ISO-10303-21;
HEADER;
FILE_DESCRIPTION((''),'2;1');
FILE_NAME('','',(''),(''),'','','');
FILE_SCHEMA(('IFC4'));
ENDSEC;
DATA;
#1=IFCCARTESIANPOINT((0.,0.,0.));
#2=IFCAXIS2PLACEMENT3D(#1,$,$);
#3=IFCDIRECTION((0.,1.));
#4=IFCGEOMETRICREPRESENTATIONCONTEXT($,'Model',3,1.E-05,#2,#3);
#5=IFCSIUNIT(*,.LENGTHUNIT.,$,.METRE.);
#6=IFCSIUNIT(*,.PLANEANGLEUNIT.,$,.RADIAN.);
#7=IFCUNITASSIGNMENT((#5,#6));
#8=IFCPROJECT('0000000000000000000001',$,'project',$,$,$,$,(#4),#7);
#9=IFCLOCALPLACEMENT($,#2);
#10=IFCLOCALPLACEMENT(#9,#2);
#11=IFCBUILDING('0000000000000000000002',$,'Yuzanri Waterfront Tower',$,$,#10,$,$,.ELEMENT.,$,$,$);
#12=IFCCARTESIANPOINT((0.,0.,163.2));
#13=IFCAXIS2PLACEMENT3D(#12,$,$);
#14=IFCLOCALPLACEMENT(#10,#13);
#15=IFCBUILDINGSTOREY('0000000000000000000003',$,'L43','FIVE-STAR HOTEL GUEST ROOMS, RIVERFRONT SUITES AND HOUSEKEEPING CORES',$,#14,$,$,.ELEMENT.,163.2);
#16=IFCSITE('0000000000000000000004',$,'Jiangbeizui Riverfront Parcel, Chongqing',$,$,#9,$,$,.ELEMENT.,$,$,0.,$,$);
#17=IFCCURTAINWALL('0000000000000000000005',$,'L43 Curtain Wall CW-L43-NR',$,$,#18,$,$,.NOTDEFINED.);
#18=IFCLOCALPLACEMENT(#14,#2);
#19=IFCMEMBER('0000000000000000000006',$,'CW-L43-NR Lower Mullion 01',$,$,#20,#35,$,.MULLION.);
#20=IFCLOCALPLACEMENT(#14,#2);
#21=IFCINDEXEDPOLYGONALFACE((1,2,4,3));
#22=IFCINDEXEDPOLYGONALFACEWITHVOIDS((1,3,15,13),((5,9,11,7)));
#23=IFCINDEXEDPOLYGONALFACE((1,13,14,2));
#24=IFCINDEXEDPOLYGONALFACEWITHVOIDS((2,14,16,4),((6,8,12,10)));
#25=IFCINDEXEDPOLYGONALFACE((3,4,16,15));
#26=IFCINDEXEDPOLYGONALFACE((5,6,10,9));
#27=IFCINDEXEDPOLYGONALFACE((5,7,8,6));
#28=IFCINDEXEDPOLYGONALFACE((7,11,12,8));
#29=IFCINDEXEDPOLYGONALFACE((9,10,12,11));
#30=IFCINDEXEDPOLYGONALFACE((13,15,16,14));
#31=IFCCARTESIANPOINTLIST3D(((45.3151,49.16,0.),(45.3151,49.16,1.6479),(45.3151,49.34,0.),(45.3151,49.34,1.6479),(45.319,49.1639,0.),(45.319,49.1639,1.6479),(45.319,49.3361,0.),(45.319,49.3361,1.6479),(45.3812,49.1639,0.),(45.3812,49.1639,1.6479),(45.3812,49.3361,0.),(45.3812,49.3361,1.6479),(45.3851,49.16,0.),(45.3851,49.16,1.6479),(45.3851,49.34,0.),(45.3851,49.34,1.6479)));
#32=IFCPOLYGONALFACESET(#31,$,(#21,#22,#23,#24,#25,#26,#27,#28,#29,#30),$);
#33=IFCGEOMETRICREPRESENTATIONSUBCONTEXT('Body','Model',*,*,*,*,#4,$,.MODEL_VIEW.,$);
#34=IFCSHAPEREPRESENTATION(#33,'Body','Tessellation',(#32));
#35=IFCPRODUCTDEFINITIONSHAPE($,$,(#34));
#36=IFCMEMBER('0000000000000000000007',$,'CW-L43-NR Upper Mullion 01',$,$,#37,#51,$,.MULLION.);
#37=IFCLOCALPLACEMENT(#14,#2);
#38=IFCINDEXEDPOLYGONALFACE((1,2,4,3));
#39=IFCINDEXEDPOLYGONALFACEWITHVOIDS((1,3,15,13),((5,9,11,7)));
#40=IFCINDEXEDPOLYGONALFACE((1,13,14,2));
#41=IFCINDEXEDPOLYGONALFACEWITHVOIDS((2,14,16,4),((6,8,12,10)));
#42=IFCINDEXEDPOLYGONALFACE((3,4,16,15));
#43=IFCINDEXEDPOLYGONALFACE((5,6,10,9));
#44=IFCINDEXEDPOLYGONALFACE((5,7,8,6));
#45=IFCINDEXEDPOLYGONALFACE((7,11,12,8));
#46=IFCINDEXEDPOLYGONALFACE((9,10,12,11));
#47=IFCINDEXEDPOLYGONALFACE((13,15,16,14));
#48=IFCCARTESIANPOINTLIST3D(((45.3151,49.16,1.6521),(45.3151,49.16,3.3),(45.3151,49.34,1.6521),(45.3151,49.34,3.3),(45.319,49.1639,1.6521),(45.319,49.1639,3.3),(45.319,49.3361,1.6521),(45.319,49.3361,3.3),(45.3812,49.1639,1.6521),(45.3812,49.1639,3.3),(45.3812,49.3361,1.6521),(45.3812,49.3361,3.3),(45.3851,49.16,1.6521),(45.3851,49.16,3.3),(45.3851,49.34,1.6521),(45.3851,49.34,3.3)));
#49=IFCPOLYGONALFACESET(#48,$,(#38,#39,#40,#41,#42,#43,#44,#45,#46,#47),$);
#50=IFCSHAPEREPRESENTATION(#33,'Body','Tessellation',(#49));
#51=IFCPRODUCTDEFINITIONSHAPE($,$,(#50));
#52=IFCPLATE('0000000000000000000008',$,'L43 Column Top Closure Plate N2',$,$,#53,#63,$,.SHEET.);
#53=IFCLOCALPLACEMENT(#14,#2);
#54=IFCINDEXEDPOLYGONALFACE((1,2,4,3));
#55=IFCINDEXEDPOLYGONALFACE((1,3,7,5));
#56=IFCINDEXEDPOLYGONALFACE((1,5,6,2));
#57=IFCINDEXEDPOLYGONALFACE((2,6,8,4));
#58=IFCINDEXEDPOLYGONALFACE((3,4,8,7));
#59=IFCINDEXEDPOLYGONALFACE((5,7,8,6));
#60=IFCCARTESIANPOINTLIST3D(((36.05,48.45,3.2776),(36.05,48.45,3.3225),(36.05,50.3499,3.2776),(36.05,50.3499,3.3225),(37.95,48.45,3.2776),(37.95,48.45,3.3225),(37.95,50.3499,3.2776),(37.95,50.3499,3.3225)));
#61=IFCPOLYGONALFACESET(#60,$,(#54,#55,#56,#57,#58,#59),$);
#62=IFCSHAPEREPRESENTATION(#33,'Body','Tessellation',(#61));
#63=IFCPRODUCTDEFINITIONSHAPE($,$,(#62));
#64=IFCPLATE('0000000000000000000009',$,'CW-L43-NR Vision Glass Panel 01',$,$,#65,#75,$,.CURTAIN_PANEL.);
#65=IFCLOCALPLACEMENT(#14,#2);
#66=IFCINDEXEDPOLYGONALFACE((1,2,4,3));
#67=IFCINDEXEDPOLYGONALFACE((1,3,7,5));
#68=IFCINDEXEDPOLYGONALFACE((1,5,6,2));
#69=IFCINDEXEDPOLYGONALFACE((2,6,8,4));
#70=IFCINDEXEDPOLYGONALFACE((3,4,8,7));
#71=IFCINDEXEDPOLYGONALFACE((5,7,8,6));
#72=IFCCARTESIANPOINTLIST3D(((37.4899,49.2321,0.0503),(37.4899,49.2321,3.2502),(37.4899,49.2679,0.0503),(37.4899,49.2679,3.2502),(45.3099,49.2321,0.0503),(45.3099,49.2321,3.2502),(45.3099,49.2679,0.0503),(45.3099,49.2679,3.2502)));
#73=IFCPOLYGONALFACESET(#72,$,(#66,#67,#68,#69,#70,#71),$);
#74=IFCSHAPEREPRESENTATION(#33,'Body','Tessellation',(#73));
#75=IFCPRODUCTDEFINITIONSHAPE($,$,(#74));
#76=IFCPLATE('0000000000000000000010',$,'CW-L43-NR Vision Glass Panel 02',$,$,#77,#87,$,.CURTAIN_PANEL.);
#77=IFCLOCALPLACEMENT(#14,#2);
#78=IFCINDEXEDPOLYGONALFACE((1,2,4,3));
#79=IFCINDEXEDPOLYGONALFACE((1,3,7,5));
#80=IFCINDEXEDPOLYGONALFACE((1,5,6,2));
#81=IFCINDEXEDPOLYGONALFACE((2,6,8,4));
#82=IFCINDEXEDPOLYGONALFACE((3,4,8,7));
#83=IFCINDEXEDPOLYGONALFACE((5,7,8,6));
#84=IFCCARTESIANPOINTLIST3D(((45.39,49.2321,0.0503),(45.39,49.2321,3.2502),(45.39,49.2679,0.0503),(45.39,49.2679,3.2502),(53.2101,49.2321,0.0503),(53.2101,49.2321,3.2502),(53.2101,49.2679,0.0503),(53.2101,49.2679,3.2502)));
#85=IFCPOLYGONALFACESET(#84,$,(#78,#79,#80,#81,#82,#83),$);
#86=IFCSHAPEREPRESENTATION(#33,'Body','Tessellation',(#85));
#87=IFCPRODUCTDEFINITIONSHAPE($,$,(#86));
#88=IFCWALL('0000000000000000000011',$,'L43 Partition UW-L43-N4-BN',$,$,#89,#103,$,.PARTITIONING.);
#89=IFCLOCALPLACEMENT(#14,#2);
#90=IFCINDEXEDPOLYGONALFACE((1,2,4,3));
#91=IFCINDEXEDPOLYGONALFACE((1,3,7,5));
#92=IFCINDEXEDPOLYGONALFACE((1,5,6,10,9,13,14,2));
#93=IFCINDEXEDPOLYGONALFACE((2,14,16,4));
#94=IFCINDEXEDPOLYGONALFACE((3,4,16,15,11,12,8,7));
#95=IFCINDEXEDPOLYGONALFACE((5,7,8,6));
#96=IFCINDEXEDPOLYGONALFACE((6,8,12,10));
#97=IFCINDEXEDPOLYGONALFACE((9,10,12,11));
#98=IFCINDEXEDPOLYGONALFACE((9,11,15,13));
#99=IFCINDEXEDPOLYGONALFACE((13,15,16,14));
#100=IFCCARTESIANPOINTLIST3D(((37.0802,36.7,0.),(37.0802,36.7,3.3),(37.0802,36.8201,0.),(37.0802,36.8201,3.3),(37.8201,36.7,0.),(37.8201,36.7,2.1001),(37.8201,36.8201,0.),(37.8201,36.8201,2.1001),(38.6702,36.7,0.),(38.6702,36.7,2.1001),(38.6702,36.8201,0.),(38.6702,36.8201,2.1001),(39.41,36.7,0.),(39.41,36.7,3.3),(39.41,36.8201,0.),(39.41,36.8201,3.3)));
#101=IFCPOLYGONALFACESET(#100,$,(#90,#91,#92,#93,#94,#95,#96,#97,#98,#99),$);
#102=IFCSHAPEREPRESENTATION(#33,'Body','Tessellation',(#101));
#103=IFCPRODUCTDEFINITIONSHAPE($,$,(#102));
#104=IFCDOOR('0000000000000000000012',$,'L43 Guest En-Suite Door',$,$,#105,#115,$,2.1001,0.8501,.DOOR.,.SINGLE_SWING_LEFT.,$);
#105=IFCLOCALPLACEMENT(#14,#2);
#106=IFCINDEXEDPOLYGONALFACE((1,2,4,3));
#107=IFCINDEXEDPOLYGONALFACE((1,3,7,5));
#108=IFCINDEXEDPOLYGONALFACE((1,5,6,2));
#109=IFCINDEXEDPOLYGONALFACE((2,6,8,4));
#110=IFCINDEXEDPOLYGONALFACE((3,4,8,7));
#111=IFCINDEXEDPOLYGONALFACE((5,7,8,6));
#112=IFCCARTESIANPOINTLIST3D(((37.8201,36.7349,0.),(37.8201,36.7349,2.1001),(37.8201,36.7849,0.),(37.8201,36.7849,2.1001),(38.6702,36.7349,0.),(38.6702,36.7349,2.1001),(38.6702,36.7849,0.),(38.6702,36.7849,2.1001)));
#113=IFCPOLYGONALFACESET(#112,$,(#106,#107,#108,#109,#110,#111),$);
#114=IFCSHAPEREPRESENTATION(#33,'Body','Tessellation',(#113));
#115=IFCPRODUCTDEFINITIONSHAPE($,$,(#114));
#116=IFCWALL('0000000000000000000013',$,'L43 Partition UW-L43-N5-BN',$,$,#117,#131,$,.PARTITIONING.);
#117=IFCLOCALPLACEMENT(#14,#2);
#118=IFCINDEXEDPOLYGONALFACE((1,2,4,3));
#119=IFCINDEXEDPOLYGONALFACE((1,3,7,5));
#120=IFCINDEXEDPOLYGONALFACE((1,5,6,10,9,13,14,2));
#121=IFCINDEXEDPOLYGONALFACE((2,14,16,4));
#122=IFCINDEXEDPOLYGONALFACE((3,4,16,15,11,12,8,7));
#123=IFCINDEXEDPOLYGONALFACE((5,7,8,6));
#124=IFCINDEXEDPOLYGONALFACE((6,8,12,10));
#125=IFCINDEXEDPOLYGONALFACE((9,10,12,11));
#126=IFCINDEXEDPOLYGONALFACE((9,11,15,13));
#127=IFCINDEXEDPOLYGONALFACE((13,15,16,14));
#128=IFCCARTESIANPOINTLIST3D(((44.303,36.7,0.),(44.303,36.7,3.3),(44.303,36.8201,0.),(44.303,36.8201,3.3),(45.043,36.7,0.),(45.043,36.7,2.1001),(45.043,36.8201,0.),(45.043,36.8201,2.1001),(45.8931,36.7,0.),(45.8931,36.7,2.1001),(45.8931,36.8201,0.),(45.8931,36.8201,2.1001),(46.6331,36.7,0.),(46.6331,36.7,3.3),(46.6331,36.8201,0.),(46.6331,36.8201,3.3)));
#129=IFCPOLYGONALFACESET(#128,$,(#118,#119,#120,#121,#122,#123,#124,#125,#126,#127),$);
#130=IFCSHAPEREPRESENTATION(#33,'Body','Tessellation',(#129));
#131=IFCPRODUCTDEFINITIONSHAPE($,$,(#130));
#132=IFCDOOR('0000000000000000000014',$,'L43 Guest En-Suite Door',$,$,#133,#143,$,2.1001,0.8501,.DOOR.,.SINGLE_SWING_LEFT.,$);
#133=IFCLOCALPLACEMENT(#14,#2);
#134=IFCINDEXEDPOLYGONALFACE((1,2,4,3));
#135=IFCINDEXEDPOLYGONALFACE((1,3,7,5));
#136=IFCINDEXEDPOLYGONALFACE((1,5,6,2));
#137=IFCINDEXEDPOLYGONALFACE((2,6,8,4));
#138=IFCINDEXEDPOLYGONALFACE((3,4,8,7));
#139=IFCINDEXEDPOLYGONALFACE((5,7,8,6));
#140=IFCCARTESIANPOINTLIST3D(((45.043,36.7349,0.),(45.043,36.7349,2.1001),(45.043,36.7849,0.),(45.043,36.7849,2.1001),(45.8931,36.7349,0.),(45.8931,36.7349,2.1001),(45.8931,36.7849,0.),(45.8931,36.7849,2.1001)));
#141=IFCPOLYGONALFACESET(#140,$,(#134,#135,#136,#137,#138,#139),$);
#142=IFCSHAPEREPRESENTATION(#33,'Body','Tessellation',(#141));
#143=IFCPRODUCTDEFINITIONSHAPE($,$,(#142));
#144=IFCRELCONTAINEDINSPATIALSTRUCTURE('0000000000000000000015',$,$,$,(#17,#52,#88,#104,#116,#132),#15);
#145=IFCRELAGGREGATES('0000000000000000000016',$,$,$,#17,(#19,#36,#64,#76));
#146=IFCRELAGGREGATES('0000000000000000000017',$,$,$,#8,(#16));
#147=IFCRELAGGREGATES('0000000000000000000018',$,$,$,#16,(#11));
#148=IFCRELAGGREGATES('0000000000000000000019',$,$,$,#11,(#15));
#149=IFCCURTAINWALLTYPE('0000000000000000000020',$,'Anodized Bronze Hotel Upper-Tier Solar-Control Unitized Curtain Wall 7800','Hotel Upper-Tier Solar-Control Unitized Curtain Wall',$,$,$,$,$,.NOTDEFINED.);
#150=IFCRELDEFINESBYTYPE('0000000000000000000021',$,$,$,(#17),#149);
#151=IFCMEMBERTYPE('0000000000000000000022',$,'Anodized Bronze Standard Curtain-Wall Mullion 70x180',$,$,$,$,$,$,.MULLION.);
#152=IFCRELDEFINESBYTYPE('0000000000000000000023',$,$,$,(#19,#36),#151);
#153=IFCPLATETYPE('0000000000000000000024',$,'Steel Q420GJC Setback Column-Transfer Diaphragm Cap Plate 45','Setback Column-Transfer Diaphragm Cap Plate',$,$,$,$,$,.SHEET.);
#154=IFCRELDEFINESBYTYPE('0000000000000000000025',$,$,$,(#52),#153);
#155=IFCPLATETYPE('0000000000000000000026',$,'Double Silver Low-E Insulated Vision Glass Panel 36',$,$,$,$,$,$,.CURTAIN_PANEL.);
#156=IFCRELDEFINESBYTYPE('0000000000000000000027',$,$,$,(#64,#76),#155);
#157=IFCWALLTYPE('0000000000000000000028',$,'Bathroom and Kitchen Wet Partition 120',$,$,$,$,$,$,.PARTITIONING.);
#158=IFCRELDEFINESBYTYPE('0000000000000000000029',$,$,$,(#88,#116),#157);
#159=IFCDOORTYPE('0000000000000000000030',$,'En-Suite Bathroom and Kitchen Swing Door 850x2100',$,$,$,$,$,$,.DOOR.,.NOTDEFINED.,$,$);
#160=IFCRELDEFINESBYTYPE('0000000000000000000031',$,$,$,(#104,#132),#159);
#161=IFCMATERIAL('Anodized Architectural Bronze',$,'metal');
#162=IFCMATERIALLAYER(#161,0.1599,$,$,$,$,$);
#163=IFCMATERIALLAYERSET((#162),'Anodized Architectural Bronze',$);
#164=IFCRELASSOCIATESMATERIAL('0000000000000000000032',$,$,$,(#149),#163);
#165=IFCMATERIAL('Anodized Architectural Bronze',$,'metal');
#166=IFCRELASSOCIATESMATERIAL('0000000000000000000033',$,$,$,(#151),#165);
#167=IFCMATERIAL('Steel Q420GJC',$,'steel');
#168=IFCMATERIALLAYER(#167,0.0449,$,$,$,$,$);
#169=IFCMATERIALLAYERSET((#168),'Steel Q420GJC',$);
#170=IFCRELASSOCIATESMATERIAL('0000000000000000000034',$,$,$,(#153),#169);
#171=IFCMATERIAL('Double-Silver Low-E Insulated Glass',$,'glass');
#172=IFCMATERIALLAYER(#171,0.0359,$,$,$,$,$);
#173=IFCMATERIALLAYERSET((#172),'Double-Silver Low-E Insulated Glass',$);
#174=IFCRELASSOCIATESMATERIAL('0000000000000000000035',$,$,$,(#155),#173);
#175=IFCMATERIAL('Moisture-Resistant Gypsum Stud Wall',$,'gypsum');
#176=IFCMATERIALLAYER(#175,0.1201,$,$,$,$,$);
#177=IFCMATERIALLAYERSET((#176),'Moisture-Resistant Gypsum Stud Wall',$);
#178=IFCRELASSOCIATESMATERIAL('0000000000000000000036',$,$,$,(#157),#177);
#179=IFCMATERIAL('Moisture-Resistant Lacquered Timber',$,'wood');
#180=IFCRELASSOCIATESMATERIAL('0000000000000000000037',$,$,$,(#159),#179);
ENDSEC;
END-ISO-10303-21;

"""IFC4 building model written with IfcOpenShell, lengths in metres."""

from ifc_helpers import new_model, si_unit, direction, frame, frame_2d, origin, origin_2d, place, context, subcontext, project, spatial, rectangle, hollow_rectangle, extrude, source, transform, mapped, material, layer, layer_set, material_profile, profile_set, type_object, element, fill, aggregate, save


model = new_model("IFC4")

# Units and contexts
model_context = context("Model", 3, precision=1e-05, world=origin(), true_north=direction((0.0, 1.0)))
body_context = subcontext(model_context, "Body", "Model", "MODEL_VIEW")
ifc_project = project(units=[si_unit("LENGTHUNIT", "METRE"), si_unit("PLANEANGLEUNIT", "RADIAN")], contexts=[model_context])

# Site, building, storey
site_placement = place(None, origin())
site = spatial("IfcSite", under=ifc_project, at=site_placement, Name="Jiangbeizui Riverfront Parcel, Chongqing", CompositionType="ELEMENT", RefElevation=0.0)
building_placement = place(site_placement, origin())
building = spatial("IfcBuilding", under=site, at=building_placement, Name="Yuzanri Waterfront Tower", CompositionType="ELEMENT")
storey_placement = place(building_placement, frame((0.0, 0.0, 163.2)))
storey = spatial("IfcBuildingStorey", under=building, at=storey_placement, Name="L43", Description="FIVE-STAR HOTEL GUEST ROOMS, RIVERFRONT SUITES AND HOUSEKEEPING CORES", CompositionType="ELEMENT", Elevation=163.2)

# Curtain wall, members
ifc_material_1 = material(Name="Anodized Architectural Bronze", Category="metal")
ifc_layer_1 = layer(ifc_material_1, 0.1599)
ifc_layer_set_1 = layer_set([ifc_layer_1], Name="Anodized Architectural Bronze")
curtain_wall_type = type_object("IfcCurtainWallType", Name="Anodized Bronze Hotel Upper-Tier Solar-Control Unitized Curtain Wall 7800", Description="Hotel Upper-Tier Solar-Control Unitized Curtain Wall", PredefinedType="NOTDEFINED", material=ifc_layer_set_1)
curtain_wall_placement = place(storey_placement, origin())
curtain_wall = element("IfcCurtainWall", 1, at=curtain_wall_placement, inside=storey, type_object=curtain_wall_type, Name="L43 Curtain Wall CW-L43-NR", PredefinedType="NOTDEFINED")
ifc_material_2 = material(Name="Anodized Architectural Bronze", Category="metal")
ifc_material_profile_1 = material_profile(ifc_material_2, hollow_rectangle(XDim=0.0701, YDim=0.1799, WallThickness=0.0039, at=origin_2d()), Name="CWM 70x180")
ifc_profile_set_1 = profile_set([ifc_material_profile_1], Name="Anodized Architectural Bronze")
member_type_1 = type_object("IfcMemberType", Name="Anodized Bronze Standard Curtain-Wall Mullion 70x180", PredefinedType="MULLION", material=ifc_profile_set_1)
shared_shape_1 = source(origin(), body_context, "Body", "SweptSolid", [
    extrude(hollow_rectangle(XDim=0.0701, YDim=0.1799, WallThickness=0.0039, at=origin_2d()), origin(), (0.0, 0.0, 1.0), 1.6479),
])
member_1_placement = place(storey_placement, frame((45.3501, 49.25, 0.0), z_axis=(0.0, 0.0, 1.0), x_axis=(1.0, 0.0, 0.0)))
member_1 = element("IfcMember", 2, at=member_1_placement, type_object=member_type_1, Name="CW-L43-NR Lower Mullion 01", PredefinedType="MULLION", context=body_context, shape_type="MappedRepresentation", body=[
    mapped(shared_shape_1, transform((0.0, 0.0, 0.0), scale=1.0)),
])
member_2_placement = place(storey_placement, frame((45.3501, 49.25, 1.6521), z_axis=(0.0, 0.0, 1.0), x_axis=(1.0, 0.0, 0.0)))
member_2 = element("IfcMember", 3, at=member_2_placement, type_object=member_type_1, Name="CW-L43-NR Upper Mullion 01", PredefinedType="MULLION", context=body_context, shape_type="MappedRepresentation", body=[
    mapped(shared_shape_1, transform((0.0, 0.0, 0.0), scale=1.0)),
])

# Plates
ifc_material_3 = material(Name="Steel Q420GJC", Category="steel")
ifc_layer_2 = layer(ifc_material_3, 0.0449)
ifc_layer_set_2 = layer_set([ifc_layer_2], Name="Steel Q420GJC")
plate_type_1 = type_object("IfcPlateType", Name="Steel Q420GJC Setback Column-Transfer Diaphragm Cap Plate 45", Description="Setback Column-Transfer Diaphragm Cap Plate", PredefinedType="SHEET", material=ifc_layer_set_2)
shared_shape_2 = source(origin(), body_context, "Body", "SweptSolid", [
    extrude(rectangle(XDim=1.8999, YDim=1.8999, at=origin_2d()), origin(), (0.0, 0.0, 1.0), 0.0449),
])
plate_1_placement = place(storey_placement, frame((37.0, 49.3999, 3.2776), z_axis=(0.0, 0.0, 1.0), x_axis=(1.0, 0.0, 0.0)))
element("IfcPlate", 4, at=plate_1_placement, inside=storey, type_object=plate_type_1, Name="L43 Column Top Closure Plate N2", PredefinedType="SHEET", context=body_context, shape_type="MappedRepresentation", body=[
    mapped(shared_shape_2, transform((0.0, 0.0, 0.0), scale=1.0)),
])
ifc_material_4 = material(Name="Double-Silver Low-E Insulated Glass", Category="glass")
ifc_layer_3 = layer(ifc_material_4, 0.0359)
ifc_layer_set_3 = layer_set([ifc_layer_3], Name="Double-Silver Low-E Insulated Glass")
plate_type_2 = type_object("IfcPlateType", Name="Double Silver Low-E Insulated Vision Glass Panel 36", PredefinedType="CURTAIN_PANEL", material=ifc_layer_set_3)
shared_shape_3 = source(origin(), body_context, "Body", "SweptSolid", [
    extrude(rectangle(XDim=7.8201, YDim=0.0359, at=origin_2d()), origin(), (0.0, 0.0, 1.0), 3.2),
])
plate_2_placement = place(storey_placement, frame((41.3999, 49.25, 0.0503), z_axis=(0.0, 0.0, 1.0), x_axis=(1.0, 0.0, 0.0)))
plate_2 = element("IfcPlate", 5, at=plate_2_placement, type_object=plate_type_2, Name="CW-L43-NR Vision Glass Panel 01", PredefinedType="CURTAIN_PANEL", context=body_context, shape_type="MappedRepresentation", body=[
    mapped(shared_shape_3, transform((0.0, 0.0, 0.0), scale=1.0)),
])
plate_3_placement = place(storey_placement, frame((49.3, 49.25, 0.0503), z_axis=(0.0, 0.0, 1.0), x_axis=(1.0, 0.0, 0.0)))
plate_3 = element("IfcPlate", 6, at=plate_3_placement, type_object=plate_type_2, Name="CW-L43-NR Vision Glass Panel 02", PredefinedType="CURTAIN_PANEL", context=body_context, shape_type="MappedRepresentation", body=[
    mapped(shared_shape_3, transform((0.0, 0.0, 0.0), scale=1.0)),
])
aggregate(curtain_wall, [member_1, member_2, plate_2, plate_3])

# Walls, openings, doors
ifc_material_5 = material(Name="Moisture-Resistant Gypsum Stud Wall", Category="gypsum")
ifc_layer_4 = layer(ifc_material_5, 0.1201)
ifc_layer_set_4 = layer_set([ifc_layer_4], Name="Moisture-Resistant Gypsum Stud Wall")
wall_type_1 = type_object("IfcWallType", Name="Bathroom and Kitchen Wet Partition 120", PredefinedType="PARTITIONING", material=ifc_layer_set_4)
wall_1_placement = place(storey_placement, frame((37.0801, 36.76, 0.0), z_axis=(0.0, 0.0, 1.0), x_axis=(1.0, 0.0, 0.0)))
wall_1 = element("IfcWall", 7, at=wall_1_placement, inside=storey, type_object=wall_type_1, Name="L43 Partition UW-L43-N4-BN", PredefinedType="PARTITIONING", context=body_context, shape_type="SweptSolid", body=[
    extrude(rectangle(XDim=2.3298, YDim=0.1201, at=frame_2d((1.165, 0.0))), origin(), (0.0, 0.0, 1.0), 3.3),
])
opening_1_placement = place(wall_1_placement, frame((0.74, 0.0, 0.0)))
opening_1 = element("IfcOpeningElement", 8, at=opening_1_placement, cuts=wall_1, PredefinedType="OPENING", context=body_context, shape_type="SweptSolid", body=[
    extrude(rectangle(XDim=0.8501, YDim=2.1001, at=frame_2d((0.425, 1.05))), frame((0.0, 0.075, 0.0), z_axis=(0.0, -1.0, 0.0), x_axis=(1.0, 0.0, 0.0)), (0.0, 0.0, 1.0), 0.1499),
])
ifc_material_6 = material(Name="Moisture-Resistant Lacquered Timber", Category="wood")
door_type_1 = type_object("IfcDoorType", Name="En-Suite Bathroom and Kitchen Swing Door 850x2100", OperationType="NOTDEFINED", PredefinedType="DOOR", material=ifc_material_6)
shared_shape_4 = source(origin(), body_context, "Body", "SweptSolid", [
    extrude(rectangle(XDim=0.8501, YDim=2.1001, at=frame_2d((0.425, 1.05))), frame((0.0, 0.0249, 0.0), z_axis=(0.0, -1.0, 0.0), x_axis=(1.0, 0.0, 0.0)), (0.0, 0.0, 1.0), 0.05),
])
door_1_placement = place(opening_1_placement, origin())
door_1 = element("IfcDoor", 9, at=door_1_placement, inside=storey, type_object=door_type_1, Name="L43 Guest En-Suite Door", OperationType="SINGLE_SWING_LEFT", OverallHeight=2.1001, OverallWidth=0.8501, PredefinedType="DOOR", context=body_context, shape_type="MappedRepresentation", body=[
    mapped(shared_shape_4, transform((0.0, 0.0, 0.0), scale=1.0)),
])
fill(opening_1, door_1)
wall_2_placement = place(storey_placement, frame((44.303, 36.76, 0.0), z_axis=(0.0, 0.0, 1.0), x_axis=(1.0, 0.0, 0.0)))
wall_2 = element("IfcWall", 10, at=wall_2_placement, inside=storey, type_object=wall_type_1, Name="L43 Partition UW-L43-N5-BN", PredefinedType="PARTITIONING", context=body_context, shape_type="SweptSolid", body=[
    extrude(rectangle(XDim=2.3301, YDim=0.1201, at=frame_2d((1.165, 0.0))), origin(), (0.0, 0.0, 1.0), 3.3),
])
opening_2_placement = place(wall_2_placement, frame((0.74, 0.0, 0.0)))
opening_2 = element("IfcOpeningElement", 11, at=opening_2_placement, cuts=wall_2, PredefinedType="OPENING", context=body_context, shape_type="SweptSolid", body=[
    extrude(rectangle(XDim=0.8501, YDim=2.1001, at=frame_2d((0.425, 1.05))), frame((0.0, 0.075, 0.0), z_axis=(0.0, -1.0, 0.0), x_axis=(1.0, 0.0, 0.0)), (0.0, 0.0, 1.0), 0.1499),
])
door_2_placement = place(opening_2_placement, origin())
door_2 = element("IfcDoor", 12, at=door_2_placement, inside=storey, type_object=door_type_1, Name="L43 Guest En-Suite Door", OperationType="SINGLE_SWING_LEFT", OverallHeight=2.1001, OverallWidth=0.8501, PredefinedType="DOOR", context=body_context, shape_type="MappedRepresentation", body=[
    mapped(shared_shape_4, transform((0.0, 0.0, 0.0), scale=1.0)),
])
fill(opening_2, door_2)

save(model, "model.ifc")
